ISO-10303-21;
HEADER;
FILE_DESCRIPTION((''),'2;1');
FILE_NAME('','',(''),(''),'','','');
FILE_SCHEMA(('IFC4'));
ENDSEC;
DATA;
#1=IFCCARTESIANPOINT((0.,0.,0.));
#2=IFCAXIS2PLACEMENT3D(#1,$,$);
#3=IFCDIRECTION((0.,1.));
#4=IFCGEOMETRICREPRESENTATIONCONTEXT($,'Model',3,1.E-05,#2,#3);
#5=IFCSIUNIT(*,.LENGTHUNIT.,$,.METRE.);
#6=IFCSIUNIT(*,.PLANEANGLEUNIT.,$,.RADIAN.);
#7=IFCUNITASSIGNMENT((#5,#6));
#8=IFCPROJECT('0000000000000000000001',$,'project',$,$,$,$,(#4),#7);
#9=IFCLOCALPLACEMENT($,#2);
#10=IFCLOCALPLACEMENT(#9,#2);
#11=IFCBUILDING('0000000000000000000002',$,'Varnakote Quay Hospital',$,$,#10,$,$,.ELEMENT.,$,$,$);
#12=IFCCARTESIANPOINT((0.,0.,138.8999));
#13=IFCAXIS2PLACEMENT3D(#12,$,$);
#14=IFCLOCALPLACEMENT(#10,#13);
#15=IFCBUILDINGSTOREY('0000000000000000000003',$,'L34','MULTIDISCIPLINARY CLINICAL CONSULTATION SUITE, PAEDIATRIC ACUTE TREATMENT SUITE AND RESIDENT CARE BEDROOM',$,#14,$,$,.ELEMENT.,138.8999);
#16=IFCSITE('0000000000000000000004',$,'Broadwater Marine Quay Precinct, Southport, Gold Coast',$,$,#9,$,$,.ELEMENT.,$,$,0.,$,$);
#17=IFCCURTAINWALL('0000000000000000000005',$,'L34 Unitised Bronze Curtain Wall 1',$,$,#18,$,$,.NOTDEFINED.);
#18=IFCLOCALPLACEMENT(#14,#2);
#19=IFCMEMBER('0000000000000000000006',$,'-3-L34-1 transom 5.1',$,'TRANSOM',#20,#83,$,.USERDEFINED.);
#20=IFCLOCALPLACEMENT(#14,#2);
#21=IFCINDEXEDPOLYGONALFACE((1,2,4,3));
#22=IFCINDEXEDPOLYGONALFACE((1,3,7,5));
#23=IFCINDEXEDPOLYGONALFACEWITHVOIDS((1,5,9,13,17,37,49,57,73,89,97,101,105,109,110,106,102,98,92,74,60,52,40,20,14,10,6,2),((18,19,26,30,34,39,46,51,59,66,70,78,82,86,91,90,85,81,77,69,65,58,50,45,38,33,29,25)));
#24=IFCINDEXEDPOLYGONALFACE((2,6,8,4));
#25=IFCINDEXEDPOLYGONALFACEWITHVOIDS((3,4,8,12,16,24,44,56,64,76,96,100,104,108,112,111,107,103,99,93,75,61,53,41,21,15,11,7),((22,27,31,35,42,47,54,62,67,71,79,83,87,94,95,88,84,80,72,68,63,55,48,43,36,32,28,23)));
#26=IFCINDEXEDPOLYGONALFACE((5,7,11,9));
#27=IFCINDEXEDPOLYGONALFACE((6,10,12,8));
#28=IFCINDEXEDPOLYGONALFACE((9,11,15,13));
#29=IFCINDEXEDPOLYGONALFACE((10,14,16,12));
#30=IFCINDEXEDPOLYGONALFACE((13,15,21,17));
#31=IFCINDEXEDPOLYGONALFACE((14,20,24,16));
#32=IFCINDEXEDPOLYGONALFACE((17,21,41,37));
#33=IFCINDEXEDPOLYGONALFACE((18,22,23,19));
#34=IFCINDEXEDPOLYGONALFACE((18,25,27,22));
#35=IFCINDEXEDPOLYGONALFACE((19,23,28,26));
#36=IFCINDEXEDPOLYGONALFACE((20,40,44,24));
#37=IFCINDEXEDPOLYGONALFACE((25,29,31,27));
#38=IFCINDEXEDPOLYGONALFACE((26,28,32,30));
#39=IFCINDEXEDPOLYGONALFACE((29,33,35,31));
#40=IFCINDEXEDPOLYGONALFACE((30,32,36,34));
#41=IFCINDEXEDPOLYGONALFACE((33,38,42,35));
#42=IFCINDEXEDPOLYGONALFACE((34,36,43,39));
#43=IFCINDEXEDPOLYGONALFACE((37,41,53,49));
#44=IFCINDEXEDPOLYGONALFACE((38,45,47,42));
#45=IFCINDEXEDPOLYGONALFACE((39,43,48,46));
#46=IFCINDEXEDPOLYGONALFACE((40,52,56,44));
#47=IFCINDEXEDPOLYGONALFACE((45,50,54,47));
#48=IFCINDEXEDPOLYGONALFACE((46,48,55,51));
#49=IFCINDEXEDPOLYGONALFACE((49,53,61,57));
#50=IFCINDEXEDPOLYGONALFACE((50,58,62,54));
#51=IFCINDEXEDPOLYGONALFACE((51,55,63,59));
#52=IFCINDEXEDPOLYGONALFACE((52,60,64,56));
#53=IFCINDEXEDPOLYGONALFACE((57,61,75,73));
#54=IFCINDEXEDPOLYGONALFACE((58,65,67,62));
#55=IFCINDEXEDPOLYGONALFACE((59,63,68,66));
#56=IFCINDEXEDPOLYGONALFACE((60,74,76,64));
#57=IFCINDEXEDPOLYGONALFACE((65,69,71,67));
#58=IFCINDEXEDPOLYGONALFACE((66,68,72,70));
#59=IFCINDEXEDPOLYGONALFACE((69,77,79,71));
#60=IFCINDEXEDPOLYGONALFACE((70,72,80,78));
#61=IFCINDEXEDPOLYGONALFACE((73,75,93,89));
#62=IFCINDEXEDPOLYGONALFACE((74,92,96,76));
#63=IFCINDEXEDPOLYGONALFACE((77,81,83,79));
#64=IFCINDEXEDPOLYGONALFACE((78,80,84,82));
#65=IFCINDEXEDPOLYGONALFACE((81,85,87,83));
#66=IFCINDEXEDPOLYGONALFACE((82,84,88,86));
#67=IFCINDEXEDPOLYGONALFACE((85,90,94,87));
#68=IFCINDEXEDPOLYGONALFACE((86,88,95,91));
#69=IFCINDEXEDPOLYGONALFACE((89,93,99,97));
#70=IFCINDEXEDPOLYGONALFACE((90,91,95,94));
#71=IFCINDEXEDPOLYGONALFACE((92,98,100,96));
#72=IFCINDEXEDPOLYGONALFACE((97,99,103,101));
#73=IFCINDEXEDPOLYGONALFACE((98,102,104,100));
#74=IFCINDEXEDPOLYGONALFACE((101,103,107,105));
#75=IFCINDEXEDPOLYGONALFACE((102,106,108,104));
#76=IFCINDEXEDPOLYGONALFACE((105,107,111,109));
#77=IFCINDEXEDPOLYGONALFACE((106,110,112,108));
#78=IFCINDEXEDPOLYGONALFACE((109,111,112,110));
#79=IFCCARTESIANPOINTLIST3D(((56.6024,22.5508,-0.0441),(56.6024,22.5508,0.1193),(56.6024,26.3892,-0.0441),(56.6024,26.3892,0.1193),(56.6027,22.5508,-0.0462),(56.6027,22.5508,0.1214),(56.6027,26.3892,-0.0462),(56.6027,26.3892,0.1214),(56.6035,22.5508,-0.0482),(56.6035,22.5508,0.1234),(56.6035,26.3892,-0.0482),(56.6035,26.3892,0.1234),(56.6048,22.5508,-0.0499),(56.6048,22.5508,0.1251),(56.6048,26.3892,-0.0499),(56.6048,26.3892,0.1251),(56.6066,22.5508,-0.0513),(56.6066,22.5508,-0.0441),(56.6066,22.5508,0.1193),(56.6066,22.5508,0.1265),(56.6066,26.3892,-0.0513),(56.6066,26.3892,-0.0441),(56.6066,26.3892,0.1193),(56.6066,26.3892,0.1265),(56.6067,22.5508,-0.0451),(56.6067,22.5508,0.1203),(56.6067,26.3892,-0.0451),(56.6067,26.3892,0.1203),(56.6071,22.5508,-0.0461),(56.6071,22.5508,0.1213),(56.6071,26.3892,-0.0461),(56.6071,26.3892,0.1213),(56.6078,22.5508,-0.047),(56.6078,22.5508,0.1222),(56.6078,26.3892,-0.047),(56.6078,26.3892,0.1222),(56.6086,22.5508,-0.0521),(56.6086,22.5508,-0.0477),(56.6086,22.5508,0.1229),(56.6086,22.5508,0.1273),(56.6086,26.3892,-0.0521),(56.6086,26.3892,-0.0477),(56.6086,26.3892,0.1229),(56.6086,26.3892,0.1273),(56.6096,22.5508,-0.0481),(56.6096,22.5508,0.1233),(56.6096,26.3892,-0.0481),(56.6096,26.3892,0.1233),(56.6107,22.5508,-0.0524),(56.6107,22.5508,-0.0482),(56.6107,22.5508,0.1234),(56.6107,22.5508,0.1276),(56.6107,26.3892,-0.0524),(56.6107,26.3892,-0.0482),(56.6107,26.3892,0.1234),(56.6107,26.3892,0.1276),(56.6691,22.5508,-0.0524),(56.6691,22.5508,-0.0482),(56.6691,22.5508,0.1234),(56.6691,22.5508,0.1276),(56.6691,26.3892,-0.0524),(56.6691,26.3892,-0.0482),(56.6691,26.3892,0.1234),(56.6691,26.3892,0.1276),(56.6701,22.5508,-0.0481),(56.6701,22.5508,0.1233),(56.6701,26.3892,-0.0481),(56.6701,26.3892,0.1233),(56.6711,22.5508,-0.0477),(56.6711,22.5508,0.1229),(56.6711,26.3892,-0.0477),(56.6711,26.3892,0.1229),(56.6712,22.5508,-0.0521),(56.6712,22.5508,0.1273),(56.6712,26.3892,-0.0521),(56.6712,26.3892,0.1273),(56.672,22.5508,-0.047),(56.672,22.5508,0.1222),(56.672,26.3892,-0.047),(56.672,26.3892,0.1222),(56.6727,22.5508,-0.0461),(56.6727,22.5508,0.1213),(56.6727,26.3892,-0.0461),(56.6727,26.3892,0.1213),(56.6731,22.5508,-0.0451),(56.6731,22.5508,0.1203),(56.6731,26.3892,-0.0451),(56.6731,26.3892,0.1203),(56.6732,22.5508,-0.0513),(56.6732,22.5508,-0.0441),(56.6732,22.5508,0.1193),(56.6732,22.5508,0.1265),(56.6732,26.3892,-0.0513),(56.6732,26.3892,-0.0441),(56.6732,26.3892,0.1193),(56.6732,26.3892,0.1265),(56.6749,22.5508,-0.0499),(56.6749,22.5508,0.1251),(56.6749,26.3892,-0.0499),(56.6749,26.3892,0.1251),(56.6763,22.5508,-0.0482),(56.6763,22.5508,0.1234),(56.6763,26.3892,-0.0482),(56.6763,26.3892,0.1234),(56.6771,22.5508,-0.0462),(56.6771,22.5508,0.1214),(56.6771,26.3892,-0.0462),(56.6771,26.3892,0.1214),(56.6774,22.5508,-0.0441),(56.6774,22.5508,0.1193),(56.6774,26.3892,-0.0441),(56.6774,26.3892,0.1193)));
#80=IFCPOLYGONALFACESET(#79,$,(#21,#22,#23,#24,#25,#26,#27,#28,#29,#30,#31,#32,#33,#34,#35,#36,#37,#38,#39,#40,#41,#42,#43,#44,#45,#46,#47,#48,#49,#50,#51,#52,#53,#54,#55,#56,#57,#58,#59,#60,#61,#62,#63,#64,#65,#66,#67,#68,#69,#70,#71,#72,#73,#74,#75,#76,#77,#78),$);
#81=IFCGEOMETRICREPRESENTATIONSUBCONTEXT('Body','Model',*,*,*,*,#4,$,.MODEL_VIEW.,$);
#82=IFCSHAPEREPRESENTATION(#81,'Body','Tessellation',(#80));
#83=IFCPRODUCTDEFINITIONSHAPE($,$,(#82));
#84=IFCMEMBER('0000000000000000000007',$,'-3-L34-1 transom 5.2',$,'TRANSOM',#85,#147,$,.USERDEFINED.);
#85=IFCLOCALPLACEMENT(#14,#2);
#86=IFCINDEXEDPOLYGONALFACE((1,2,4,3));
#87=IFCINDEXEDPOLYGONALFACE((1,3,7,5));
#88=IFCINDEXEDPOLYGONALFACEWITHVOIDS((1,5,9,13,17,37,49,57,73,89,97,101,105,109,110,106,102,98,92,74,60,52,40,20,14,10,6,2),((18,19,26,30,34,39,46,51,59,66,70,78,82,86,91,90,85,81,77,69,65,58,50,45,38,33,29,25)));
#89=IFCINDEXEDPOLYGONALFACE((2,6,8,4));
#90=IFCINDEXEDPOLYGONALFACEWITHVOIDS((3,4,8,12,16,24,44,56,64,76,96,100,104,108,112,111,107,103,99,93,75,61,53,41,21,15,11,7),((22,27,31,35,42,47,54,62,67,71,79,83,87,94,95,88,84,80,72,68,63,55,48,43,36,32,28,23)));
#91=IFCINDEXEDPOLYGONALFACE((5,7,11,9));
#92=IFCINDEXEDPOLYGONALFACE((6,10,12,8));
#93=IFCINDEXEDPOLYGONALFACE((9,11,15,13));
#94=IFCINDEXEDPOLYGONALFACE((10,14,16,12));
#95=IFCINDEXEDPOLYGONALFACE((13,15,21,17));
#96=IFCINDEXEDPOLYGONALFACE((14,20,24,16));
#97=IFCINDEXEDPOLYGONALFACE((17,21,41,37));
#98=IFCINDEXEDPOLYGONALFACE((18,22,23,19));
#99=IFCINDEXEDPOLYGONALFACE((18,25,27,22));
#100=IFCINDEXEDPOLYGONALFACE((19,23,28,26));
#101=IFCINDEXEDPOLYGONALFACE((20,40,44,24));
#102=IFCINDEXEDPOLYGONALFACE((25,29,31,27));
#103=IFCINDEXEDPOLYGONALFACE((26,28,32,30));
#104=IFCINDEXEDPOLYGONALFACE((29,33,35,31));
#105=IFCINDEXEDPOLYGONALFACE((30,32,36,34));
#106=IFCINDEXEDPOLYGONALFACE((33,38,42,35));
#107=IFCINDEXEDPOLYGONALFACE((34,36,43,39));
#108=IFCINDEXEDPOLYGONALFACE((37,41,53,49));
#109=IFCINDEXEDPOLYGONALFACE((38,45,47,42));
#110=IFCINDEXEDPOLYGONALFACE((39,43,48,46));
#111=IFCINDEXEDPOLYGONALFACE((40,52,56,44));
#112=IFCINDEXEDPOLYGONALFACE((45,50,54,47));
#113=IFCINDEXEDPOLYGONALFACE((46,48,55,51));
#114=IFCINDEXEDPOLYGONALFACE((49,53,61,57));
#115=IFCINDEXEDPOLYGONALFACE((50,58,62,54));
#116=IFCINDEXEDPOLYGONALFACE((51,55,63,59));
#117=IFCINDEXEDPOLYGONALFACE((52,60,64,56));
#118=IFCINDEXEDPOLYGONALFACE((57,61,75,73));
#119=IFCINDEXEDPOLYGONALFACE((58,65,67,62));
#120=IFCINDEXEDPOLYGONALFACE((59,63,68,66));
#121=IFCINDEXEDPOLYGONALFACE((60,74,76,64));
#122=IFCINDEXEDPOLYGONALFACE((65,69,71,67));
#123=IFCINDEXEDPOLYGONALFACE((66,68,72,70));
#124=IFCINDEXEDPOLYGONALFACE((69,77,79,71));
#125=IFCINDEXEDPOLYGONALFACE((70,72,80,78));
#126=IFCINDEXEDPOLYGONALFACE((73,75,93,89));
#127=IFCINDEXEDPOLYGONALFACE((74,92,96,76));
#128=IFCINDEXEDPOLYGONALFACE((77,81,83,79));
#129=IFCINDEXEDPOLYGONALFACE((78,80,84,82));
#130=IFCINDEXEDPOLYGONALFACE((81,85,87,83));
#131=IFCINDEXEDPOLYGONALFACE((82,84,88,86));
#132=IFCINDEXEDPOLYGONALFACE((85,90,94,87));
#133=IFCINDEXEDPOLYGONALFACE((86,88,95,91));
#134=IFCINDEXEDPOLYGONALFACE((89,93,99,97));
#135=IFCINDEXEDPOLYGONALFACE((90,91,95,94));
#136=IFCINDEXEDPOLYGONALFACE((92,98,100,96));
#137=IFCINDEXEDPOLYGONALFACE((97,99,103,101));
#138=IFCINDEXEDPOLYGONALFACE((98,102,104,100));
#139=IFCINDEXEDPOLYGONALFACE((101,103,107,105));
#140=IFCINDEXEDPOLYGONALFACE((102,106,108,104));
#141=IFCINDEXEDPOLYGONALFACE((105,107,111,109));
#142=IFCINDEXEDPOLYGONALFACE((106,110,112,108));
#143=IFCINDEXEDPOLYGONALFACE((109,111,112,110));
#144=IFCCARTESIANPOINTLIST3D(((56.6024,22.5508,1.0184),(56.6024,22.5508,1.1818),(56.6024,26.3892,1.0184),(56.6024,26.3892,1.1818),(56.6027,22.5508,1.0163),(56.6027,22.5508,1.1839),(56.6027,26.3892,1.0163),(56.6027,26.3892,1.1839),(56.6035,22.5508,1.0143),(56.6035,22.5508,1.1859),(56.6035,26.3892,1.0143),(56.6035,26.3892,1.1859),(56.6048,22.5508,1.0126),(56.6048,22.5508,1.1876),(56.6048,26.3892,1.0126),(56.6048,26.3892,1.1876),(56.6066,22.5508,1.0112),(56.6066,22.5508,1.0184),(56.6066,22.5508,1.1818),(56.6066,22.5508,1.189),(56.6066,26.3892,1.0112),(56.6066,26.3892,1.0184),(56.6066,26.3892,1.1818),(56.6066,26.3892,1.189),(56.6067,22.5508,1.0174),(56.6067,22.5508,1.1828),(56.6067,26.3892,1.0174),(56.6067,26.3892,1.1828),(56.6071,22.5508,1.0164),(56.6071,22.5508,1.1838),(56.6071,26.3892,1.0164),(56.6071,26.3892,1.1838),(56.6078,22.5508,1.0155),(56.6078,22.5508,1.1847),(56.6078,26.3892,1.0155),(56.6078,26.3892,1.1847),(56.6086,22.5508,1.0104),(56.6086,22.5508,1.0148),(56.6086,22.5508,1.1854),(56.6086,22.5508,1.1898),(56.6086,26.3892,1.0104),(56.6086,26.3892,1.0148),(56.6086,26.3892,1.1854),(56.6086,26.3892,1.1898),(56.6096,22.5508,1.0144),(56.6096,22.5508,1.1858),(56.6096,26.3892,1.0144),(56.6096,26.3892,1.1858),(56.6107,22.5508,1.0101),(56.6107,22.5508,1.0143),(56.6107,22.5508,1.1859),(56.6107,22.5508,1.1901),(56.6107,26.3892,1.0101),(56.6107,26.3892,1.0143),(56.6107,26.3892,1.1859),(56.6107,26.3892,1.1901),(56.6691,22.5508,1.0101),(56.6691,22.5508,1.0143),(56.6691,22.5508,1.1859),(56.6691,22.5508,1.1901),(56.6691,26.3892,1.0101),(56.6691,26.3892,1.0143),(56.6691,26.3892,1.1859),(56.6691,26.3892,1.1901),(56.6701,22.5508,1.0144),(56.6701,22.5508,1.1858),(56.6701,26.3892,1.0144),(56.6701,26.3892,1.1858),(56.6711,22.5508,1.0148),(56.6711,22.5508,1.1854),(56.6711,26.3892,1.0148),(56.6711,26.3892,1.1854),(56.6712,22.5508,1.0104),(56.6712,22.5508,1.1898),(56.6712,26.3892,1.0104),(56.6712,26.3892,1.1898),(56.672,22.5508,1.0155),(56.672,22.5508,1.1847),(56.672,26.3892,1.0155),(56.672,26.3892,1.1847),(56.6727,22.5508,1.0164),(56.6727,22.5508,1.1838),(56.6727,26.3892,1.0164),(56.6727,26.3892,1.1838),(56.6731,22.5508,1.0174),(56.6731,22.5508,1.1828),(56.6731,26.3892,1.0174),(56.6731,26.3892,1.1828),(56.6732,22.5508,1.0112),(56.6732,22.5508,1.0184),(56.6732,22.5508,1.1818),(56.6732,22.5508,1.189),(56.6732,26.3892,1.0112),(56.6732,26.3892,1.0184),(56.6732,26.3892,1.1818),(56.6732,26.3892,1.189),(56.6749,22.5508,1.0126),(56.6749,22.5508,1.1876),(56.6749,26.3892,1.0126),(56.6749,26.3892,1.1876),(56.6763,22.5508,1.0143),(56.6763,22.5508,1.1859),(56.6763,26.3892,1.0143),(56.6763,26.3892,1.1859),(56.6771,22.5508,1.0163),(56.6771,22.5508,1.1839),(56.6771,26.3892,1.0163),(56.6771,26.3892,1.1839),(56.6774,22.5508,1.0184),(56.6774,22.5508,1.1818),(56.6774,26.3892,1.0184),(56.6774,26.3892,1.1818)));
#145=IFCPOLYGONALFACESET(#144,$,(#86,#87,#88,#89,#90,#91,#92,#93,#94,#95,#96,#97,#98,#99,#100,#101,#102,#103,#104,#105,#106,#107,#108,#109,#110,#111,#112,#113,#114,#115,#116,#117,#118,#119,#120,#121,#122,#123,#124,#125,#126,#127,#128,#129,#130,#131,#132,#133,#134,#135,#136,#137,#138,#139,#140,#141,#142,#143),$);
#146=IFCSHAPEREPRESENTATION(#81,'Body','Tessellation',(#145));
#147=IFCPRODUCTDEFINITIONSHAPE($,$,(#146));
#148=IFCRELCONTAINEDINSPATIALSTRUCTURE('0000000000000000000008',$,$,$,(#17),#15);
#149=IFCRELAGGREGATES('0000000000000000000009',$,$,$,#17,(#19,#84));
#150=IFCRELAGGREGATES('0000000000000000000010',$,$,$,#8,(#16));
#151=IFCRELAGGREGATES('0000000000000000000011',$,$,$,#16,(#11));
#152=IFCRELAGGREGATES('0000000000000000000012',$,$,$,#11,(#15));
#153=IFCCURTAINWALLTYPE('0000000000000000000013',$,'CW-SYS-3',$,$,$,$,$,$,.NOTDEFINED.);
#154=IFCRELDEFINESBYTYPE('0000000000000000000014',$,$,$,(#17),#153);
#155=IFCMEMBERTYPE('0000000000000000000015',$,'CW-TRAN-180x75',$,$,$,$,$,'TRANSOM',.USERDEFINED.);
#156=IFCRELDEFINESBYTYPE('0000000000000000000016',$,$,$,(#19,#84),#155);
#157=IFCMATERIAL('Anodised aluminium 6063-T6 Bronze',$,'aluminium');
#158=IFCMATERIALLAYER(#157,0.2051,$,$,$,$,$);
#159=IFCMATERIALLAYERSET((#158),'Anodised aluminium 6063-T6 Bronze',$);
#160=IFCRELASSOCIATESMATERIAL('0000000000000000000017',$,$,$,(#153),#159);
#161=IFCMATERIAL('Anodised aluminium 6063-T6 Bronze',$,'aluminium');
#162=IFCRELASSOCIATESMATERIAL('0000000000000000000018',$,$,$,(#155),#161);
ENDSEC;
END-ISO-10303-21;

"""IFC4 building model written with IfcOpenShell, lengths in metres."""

from ifc_helpers import new_model, si_unit, direction, frame, origin, origin_2d, place, context, subcontext, project, spatial, hollow_rectangle, extrude, material, layer, layer_set, material_profile, profile_set, type_object, element, aggregate, save


model = new_model("IFC4")

# Units and contexts
model_context = context("Model", 3, precision=1e-05, world=origin(), true_north=direction((0.0, 1.0)))
body_context = subcontext(model_context, "Body", "Model", "MODEL_VIEW")
ifc_project = project(units=[si_unit("LENGTHUNIT", "METRE"), si_unit("PLANEANGLEUNIT", "RADIAN")], contexts=[model_context])

# Site, building, storey
site_placement = place(None, origin())
site = spatial("IfcSite", under=ifc_project, at=site_placement, Name="Broadwater Marine Quay Precinct, Southport, Gold Coast", CompositionType="ELEMENT", RefElevation=0.0)
building_placement = place(site_placement, origin())
building = spatial("IfcBuilding", under=site, at=building_placement, Name="Varnakote Quay Hospital", CompositionType="ELEMENT")
storey_placement = place(building_placement, frame((0.0, 0.0, 138.8999)))
storey = spatial("IfcBuildingStorey", under=building, at=storey_placement, Name="L34", Description="MULTIDISCIPLINARY CLINICAL CONSULTATION SUITE, PAEDIATRIC ACUTE TREATMENT SUITE AND RESIDENT CARE BEDROOM", CompositionType="ELEMENT", Elevation=138.8999)

# Curtain wall, members
ifc_material_1 = material(Name="Anodised aluminium 6063-T6 Bronze", Category="aluminium")
ifc_layer_1 = layer(ifc_material_1, 0.2051)
ifc_layer_set_1 = layer_set([ifc_layer_1], Name="Anodised aluminium 6063-T6 Bronze")
curtain_wall_type = type_object("IfcCurtainWallType", Name="CW-SYS-3", PredefinedType="NOTDEFINED", material=ifc_layer_set_1)
curtain_wall_placement = place(storey_placement, origin())
curtain_wall = element("IfcCurtainWall", 1, at=curtain_wall_placement, inside=storey, type_object=curtain_wall_type, Name="L34 Unitised Bronze Curtain Wall 1", PredefinedType="NOTDEFINED")
ifc_material_2 = material(Name="Anodised aluminium 6063-T6 Bronze", Category="aluminium")
ifc_material_profile_1 = material_profile(ifc_material_2, hollow_rectangle(XDim=0.075, YDim=0.1799, WallThickness=0.0042, InnerFilletRadius=0.0042, OuterFilletRadius=0.0083, at=origin_2d()), Name="CW-TRAN-180x75")
ifc_profile_set_1 = profile_set([ifc_material_profile_1], Name="Anodised aluminium 6063-T6 Bronze")
member_type_1 = type_object("IfcMemberType", Name="CW-TRAN-180x75", ElementType="TRANSOM", PredefinedType="USERDEFINED", material=ifc_profile_set_1)
member_1_placement = place(storey_placement, frame((56.6399, 22.5508, 0.0376), z_axis=(0.0, 1.0, 0.0), x_axis=(-1.0, 0.0, 0.0)))
member_1 = element("IfcMember", 2, at=member_1_placement, type_object=member_type_1, Name="-3-L34-1 transom 5.1", ObjectType="TRANSOM", PredefinedType="USERDEFINED", context=body_context, shape_type="SweptSolid", body=[
    extrude(hollow_rectangle(XDim=0.075, YDim=0.1799, WallThickness=0.0042, InnerFilletRadius=0.0042, OuterFilletRadius=0.0083, at=origin_2d()), origin(), (0.0, 0.0, 1.0), 3.8384),
])
member_2_placement = place(storey_placement, frame((56.6399, 22.5508, 1.1001), z_axis=(0.0, 1.0, 0.0), x_axis=(-1.0, 0.0, 0.0)))
member_2 = element("IfcMember", 3, at=member_2_placement, type_object=member_type_1, Name="-3-L34-1 transom 5.2", ObjectType="TRANSOM", PredefinedType="USERDEFINED", context=body_context, shape_type="SweptSolid", body=[
    extrude(hollow_rectangle(XDim=0.075, YDim=0.1799, WallThickness=0.0042, InnerFilletRadius=0.0042, OuterFilletRadius=0.0083, at=origin_2d()), origin(), (0.0, 0.0, 1.0), 3.8384),
])
aggregate(curtain_wall, [member_1, member_2])

save(model, "model.ifc")
